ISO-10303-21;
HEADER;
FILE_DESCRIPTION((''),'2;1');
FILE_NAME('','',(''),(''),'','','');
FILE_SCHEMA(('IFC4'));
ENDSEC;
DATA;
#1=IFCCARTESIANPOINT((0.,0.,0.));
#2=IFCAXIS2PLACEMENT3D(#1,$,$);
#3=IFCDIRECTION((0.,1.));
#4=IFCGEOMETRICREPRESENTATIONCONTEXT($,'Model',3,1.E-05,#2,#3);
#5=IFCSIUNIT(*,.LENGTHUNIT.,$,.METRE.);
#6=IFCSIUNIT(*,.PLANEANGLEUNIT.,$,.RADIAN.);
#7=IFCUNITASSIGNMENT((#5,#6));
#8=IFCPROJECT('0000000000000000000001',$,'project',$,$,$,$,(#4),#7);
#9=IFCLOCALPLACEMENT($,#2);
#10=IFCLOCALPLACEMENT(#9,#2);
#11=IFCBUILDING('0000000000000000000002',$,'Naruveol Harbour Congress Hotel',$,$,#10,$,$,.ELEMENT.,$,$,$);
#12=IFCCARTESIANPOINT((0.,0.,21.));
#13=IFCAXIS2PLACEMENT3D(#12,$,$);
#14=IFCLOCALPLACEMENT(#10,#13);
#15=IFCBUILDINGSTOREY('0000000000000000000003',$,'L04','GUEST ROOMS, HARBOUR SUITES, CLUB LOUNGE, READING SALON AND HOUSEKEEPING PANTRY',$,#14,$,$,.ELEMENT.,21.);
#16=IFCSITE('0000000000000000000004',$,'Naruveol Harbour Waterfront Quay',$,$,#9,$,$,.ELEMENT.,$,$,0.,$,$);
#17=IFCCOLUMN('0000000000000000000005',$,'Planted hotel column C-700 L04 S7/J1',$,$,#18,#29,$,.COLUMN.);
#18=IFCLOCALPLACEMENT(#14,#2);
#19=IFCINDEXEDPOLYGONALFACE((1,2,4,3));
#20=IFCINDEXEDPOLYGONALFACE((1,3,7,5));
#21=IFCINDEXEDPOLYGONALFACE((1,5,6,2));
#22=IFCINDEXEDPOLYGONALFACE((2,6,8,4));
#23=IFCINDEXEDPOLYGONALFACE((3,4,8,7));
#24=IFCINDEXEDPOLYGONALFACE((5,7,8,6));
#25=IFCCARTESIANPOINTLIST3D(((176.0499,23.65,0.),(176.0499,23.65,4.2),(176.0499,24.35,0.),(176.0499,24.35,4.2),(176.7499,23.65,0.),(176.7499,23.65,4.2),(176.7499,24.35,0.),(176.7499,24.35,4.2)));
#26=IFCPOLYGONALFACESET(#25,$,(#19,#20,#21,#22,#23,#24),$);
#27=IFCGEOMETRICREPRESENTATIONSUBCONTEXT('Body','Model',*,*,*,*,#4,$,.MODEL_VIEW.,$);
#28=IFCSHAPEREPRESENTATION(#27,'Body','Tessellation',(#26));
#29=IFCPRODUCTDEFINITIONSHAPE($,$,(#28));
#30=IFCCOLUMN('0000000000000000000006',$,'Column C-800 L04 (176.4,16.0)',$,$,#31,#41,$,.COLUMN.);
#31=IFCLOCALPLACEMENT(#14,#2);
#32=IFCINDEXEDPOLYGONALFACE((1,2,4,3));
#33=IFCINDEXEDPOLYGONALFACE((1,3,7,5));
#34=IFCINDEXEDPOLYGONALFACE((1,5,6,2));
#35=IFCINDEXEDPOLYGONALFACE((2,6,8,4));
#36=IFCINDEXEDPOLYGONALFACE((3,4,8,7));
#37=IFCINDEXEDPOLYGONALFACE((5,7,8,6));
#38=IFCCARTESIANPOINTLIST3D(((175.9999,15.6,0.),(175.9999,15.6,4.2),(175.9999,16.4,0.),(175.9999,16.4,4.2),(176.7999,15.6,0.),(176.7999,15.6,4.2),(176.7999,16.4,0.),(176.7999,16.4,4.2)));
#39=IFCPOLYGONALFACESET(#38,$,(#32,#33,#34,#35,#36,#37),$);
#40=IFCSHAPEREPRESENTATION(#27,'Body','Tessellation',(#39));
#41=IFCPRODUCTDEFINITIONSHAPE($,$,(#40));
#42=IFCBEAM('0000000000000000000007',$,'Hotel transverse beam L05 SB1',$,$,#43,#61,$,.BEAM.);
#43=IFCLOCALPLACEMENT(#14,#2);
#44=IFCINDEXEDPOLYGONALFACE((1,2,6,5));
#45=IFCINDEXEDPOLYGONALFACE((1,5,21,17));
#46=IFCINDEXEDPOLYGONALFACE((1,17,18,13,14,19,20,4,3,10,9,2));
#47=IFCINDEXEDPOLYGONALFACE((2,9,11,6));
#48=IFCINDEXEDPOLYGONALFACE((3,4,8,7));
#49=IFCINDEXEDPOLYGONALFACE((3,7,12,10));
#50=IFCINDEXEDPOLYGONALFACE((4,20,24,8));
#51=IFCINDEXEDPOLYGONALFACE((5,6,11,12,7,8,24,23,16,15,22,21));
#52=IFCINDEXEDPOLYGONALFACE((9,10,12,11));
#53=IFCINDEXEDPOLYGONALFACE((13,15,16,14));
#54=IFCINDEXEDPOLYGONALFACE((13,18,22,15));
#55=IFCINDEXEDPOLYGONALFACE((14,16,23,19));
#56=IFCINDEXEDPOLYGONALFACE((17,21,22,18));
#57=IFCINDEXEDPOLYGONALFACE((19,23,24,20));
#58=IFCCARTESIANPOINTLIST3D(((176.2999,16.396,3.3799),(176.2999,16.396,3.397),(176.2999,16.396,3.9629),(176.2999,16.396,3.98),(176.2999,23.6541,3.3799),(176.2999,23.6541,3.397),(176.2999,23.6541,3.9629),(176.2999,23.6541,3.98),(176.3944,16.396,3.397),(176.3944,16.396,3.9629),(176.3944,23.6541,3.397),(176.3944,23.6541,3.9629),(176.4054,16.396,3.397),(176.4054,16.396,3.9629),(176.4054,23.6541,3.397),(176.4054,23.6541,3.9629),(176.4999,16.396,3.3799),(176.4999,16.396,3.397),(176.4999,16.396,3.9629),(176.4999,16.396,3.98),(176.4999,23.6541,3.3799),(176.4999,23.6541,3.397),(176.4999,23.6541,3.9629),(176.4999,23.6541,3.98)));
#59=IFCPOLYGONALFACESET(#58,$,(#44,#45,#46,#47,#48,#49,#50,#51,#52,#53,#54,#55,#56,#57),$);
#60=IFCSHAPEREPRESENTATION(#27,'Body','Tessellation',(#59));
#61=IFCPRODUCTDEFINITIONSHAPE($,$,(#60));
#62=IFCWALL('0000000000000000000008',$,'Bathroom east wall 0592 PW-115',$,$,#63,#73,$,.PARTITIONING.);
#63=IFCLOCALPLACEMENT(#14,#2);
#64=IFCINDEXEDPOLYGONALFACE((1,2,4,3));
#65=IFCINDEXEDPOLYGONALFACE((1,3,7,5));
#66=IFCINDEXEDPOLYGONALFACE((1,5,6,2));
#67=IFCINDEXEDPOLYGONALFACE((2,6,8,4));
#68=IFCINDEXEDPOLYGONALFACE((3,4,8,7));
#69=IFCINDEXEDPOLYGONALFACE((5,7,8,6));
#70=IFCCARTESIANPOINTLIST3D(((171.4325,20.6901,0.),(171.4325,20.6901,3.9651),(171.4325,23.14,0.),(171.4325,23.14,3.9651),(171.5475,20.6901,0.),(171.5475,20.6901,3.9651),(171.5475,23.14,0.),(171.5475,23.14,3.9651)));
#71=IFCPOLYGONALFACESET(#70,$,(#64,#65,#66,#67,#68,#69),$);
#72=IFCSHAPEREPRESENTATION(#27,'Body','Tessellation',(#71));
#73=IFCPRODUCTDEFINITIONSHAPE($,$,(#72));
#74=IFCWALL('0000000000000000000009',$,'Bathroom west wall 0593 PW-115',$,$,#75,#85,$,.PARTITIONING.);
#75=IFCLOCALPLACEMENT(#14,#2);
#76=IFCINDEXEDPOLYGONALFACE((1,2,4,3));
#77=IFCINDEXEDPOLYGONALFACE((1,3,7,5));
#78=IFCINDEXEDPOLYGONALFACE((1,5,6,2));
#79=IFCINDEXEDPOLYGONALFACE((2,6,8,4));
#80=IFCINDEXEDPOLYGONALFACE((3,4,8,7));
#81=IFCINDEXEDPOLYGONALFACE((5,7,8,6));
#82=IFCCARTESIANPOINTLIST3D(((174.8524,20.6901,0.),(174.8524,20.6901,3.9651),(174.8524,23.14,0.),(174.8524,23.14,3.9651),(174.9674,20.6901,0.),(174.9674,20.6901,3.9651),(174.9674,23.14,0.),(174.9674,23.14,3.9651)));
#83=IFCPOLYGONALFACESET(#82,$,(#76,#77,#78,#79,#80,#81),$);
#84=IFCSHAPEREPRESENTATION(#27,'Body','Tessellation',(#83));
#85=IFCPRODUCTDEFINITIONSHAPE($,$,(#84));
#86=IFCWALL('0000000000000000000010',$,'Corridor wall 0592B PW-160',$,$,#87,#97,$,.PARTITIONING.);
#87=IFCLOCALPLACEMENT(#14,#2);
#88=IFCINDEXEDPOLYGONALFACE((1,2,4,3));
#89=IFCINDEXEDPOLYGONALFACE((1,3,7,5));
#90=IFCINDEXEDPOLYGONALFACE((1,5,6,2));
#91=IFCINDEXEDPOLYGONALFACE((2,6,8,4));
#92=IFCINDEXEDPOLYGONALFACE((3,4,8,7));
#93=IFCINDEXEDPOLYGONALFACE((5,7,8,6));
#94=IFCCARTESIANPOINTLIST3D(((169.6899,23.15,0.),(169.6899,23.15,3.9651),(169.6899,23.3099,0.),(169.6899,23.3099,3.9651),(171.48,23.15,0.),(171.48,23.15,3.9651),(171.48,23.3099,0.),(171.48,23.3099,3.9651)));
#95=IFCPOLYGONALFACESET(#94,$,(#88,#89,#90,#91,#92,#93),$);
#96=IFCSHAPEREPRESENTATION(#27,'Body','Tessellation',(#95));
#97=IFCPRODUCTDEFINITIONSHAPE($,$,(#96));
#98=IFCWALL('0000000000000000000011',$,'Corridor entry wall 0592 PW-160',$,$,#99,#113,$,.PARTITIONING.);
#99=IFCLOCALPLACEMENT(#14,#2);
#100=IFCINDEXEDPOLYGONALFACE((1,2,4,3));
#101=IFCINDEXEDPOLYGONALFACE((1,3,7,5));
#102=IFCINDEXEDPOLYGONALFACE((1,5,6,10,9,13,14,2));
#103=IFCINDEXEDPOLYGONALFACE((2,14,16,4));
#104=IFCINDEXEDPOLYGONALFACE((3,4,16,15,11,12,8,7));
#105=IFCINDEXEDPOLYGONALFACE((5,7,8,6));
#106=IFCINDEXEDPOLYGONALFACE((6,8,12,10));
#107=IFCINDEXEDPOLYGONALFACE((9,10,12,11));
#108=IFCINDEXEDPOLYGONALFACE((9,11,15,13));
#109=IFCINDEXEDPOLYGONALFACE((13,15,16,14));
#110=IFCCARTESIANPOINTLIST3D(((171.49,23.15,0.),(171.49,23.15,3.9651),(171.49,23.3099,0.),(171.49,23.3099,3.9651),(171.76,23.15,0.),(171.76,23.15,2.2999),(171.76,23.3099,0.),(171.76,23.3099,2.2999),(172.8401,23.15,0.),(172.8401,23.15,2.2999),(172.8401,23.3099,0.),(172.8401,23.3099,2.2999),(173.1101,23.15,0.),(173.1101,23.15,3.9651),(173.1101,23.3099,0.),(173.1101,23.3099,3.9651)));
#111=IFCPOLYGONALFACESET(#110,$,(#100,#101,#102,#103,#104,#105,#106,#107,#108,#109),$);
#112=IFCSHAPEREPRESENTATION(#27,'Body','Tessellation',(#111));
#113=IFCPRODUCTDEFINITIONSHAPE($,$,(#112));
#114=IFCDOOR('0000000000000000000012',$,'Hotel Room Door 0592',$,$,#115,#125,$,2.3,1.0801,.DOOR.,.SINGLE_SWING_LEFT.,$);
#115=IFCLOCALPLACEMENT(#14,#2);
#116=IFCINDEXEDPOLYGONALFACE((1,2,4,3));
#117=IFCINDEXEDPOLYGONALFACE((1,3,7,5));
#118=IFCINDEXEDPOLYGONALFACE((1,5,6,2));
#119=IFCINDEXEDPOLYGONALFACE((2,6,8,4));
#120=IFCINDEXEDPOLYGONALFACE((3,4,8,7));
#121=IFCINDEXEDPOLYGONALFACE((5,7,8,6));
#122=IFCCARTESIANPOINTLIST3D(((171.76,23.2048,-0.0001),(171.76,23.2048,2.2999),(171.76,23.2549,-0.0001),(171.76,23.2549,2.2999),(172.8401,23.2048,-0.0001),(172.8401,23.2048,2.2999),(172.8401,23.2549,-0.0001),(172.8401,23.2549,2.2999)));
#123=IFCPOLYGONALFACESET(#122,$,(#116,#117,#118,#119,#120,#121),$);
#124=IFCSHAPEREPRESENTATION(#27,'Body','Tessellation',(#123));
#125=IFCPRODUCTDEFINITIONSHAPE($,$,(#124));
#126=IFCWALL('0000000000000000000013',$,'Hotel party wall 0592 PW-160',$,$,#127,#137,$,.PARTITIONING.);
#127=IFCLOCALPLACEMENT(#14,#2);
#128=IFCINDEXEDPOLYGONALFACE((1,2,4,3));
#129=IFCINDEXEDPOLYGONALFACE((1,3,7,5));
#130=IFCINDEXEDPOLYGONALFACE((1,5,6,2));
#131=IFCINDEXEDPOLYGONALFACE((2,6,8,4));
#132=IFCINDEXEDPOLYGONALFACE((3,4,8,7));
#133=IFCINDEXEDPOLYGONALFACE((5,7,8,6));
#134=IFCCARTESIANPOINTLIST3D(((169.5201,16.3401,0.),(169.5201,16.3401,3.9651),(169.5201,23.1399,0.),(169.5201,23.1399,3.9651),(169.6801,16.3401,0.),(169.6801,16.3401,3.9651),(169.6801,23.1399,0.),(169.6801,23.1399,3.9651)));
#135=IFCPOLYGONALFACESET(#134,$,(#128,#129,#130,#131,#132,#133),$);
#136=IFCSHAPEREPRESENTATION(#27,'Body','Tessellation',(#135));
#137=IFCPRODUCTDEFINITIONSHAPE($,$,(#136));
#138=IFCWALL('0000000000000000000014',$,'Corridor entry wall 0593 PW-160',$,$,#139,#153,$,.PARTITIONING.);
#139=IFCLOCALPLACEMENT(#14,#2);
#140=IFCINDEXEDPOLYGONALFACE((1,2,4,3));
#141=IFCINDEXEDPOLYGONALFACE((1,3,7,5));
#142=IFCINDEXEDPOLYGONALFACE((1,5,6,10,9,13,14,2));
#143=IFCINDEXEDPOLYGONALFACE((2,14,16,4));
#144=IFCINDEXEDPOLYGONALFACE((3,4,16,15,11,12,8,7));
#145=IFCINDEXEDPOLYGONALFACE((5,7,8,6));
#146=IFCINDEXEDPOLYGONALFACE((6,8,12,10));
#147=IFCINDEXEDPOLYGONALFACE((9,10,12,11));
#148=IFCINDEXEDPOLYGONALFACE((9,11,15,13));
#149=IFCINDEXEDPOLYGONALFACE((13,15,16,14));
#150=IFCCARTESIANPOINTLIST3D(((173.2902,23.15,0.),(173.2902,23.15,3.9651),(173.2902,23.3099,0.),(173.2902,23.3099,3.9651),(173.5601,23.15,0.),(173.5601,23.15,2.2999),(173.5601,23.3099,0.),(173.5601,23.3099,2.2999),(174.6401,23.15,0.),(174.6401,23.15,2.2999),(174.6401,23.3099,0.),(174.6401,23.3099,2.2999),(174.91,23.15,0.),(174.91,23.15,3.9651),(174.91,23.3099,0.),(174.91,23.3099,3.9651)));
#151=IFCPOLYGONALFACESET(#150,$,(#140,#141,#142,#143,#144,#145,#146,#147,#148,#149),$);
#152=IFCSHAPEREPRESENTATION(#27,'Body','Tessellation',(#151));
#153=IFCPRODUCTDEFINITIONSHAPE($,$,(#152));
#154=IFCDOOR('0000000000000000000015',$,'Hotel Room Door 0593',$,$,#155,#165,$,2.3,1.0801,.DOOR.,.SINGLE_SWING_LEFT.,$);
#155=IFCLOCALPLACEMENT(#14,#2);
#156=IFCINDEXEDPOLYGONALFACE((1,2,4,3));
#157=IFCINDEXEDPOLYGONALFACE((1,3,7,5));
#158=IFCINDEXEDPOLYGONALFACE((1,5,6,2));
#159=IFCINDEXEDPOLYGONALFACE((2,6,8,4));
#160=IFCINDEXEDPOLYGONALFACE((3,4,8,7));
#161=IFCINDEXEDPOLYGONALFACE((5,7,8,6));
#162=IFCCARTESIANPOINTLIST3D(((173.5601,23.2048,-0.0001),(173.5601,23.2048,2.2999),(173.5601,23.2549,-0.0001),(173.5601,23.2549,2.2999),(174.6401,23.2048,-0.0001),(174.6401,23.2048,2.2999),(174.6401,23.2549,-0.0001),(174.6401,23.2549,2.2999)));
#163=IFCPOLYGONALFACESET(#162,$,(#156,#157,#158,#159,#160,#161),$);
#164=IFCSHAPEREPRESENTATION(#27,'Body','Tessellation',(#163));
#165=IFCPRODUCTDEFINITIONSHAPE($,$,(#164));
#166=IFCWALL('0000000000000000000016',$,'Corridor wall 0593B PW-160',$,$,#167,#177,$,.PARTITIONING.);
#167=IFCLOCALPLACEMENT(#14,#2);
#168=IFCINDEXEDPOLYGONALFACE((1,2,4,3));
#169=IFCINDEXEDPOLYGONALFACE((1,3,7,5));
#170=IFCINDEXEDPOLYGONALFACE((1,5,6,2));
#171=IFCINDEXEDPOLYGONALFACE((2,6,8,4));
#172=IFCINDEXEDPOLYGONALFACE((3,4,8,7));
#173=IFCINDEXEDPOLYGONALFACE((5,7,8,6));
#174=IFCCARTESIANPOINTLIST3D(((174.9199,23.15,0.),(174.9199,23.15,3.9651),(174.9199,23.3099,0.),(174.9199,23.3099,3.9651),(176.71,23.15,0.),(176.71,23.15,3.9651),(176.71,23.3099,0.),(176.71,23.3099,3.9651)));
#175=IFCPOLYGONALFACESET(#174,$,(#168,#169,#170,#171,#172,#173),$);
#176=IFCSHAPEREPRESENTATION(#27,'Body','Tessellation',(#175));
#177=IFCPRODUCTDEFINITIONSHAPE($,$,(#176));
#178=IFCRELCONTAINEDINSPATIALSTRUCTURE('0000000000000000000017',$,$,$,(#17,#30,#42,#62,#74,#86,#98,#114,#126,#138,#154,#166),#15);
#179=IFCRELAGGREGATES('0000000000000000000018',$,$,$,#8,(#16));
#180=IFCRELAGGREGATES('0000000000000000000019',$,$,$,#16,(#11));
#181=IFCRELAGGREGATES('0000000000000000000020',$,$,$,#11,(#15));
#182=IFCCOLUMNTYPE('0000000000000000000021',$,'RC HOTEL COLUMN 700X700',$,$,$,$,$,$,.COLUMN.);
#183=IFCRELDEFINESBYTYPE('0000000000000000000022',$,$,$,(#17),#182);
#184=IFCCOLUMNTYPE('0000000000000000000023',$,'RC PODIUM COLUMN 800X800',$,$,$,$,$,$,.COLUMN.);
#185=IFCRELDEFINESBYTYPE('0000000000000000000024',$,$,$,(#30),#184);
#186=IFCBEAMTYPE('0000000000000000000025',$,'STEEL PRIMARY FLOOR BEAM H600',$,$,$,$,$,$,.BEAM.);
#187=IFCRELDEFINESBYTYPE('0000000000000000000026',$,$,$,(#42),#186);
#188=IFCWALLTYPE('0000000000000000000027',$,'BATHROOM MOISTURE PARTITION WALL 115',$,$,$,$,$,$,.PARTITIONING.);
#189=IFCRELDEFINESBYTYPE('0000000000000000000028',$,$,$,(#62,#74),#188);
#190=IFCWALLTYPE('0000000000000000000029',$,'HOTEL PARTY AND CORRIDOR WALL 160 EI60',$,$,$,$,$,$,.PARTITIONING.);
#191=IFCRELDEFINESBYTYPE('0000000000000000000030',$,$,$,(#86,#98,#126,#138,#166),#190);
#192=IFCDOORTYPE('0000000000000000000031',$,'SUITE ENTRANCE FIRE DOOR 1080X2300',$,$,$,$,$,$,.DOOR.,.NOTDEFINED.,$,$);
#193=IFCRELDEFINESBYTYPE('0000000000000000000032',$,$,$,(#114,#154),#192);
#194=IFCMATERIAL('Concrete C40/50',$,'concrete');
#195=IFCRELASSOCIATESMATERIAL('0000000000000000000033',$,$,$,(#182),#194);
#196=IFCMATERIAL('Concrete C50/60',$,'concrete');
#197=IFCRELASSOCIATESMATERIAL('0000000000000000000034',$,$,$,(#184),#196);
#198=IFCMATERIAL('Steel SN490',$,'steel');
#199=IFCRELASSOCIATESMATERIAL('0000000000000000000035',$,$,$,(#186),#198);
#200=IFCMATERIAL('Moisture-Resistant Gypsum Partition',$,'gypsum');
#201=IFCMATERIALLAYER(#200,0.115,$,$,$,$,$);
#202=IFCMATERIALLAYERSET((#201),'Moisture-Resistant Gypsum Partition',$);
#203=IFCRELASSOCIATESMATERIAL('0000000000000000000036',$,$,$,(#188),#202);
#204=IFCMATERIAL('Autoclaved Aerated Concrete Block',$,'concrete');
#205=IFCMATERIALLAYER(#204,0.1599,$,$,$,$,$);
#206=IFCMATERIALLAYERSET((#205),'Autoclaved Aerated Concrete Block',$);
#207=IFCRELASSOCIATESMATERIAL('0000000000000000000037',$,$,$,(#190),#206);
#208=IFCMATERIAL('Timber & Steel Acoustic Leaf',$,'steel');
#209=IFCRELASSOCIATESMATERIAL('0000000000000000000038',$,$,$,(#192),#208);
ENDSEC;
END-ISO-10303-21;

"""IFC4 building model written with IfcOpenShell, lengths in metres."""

from ifc_helpers import new_model, si_unit, direction, frame, frame_2d, origin, origin_2d, place, context, subcontext, project, spatial, rectangle, i_section, extrude, material, layer, layer_set, material_profile, profile_set, type_object, element, fill, save


model = new_model("IFC4")

# Units and contexts
model_context = context("Model", 3, precision=1e-05, world=origin(), true_north=direction((0.0, 1.0)))
body_context = subcontext(model_context, "Body", "Model", "MODEL_VIEW")
ifc_project = project(units=[si_unit("LENGTHUNIT", "METRE"), si_unit("PLANEANGLEUNIT", "RADIAN")], contexts=[model_context])

# Site, building, storey
site_placement = place(None, origin())
site = spatial("IfcSite", under=ifc_project, at=site_placement, Name="Naruveol Harbour Waterfront Quay", CompositionType="ELEMENT", RefElevation=0.0)
building_placement = place(site_placement, origin())
building = spatial("IfcBuilding", under=site, at=building_placement, Name="Naruveol Harbour Congress Hotel", CompositionType="ELEMENT")
storey_placement = place(building_placement, frame((0.0, 0.0, 21.0)))
storey = spatial("IfcBuildingStorey", under=building, at=storey_placement, Name="L04", Description="GUEST ROOMS, HARBOUR SUITES, CLUB LOUNGE, READING SALON AND HOUSEKEEPING PANTRY", CompositionType="ELEMENT", Elevation=21.0)

# Columns
ifc_material_1 = material(Name="Concrete C40/50", Category="concrete")
ifc_material_profile_1 = material_profile(ifc_material_1, rectangle(XDim=0.7, YDim=0.7, at=origin_2d()), Name="RC-700x700")
ifc_profile_set_1 = profile_set([ifc_material_profile_1], Name="Concrete C40/50")
column_type_1 = type_object("IfcColumnType", Name="RC HOTEL COLUMN 700X700", PredefinedType="COLUMN", material=ifc_profile_set_1)
column_1_placement = place(storey_placement, frame((176.3999, 24.0, 0.0), z_axis=(0.0, 0.0, 1.0), x_axis=(1.0, 0.0, 0.0)))
element("IfcColumn", 1, at=column_1_placement, inside=storey, type_object=column_type_1, Name="Planted hotel column C-700 L04 S7/J1", PredefinedType="COLUMN", context=body_context, shape_type="SweptSolid", body=[
    extrude(rectangle(XDim=0.7, YDim=0.7, at=origin_2d()), origin(), (0.0, 0.0, 1.0), 4.2),
])
ifc_material_2 = material(Name="Concrete C50/60", Category="concrete")
ifc_material_profile_2 = material_profile(ifc_material_2, rectangle(XDim=0.8, YDim=0.8, at=origin_2d()), Name="RC-800x800")
ifc_profile_set_2 = profile_set([ifc_material_profile_2], Name="Concrete C50/60")
column_type_2 = type_object("IfcColumnType", Name="RC PODIUM COLUMN 800X800", PredefinedType="COLUMN", material=ifc_profile_set_2)
column_2_placement = place(storey_placement, frame((176.3999, 16.0, 0.0), z_axis=(0.0, 0.0, 1.0), x_axis=(1.0, 0.0, 0.0)))
element("IfcColumn", 2, at=column_2_placement, inside=storey, type_object=column_type_2, Name="Column C-800 L04 (176.4,16.0)", PredefinedType="COLUMN", context=body_context, shape_type="SweptSolid", body=[
    extrude(rectangle(XDim=0.8, YDim=0.8, at=origin_2d()), origin(), (0.0, 0.0, 1.0), 4.2),
])

# Beam
ifc_material_3 = material(Name="Steel SN490", Category="steel")
ifc_material_profile_3 = material_profile(ifc_material_3, i_section(OverallWidth=0.2, OverallDepth=0.6001, WebThickness=0.011, FlangeThickness=0.0171, at=origin_2d()), Name="H-600x200x11x17")
ifc_profile_set_3 = profile_set([ifc_material_profile_3], Name="Steel SN490")
beam_type = type_object("IfcBeamType", Name="STEEL PRIMARY FLOOR BEAM H600", PredefinedType="BEAM", material=ifc_profile_set_3)
beam_placement = place(storey_placement, frame((176.3999, 16.396, 3.6799), z_axis=(0.0, 1.0, 0.0), x_axis=(-1.0, 0.0, 0.0)))
element("IfcBeam", 3, at=beam_placement, inside=storey, type_object=beam_type, Name="Hotel transverse beam L05 SB1", PredefinedType="BEAM", context=body_context, shape_type="SweptSolid", body=[
    extrude(i_section(OverallWidth=0.2, OverallDepth=0.6001, WebThickness=0.011, FlangeThickness=0.0171, at=origin_2d()), origin(), (0.0, 0.0, 1.0), 7.2581),
])

# Wall
ifc_material_4 = material(Name="Moisture-Resistant Gypsum Partition", Category="gypsum")
ifc_layer_1 = layer(ifc_material_4, 0.115)
ifc_layer_set_1 = layer_set([ifc_layer_1], Name="Moisture-Resistant Gypsum Partition")
wall_type_1 = type_object("IfcWallType", Name="BATHROOM MOISTURE PARTITION WALL 115", PredefinedType="PARTITIONING", material=ifc_layer_set_1)
wall_1_placement = place(storey_placement, frame((171.49, 20.6899, 0.0), z_axis=(0.0, 0.0, 1.0), x_axis=(0.0, 1.0, 0.0)))
element("IfcWall", 4, at=wall_1_placement, inside=storey, type_object=wall_type_1, Name="Bathroom east wall 0592 PW-115", PredefinedType="PARTITIONING", context=body_context, shape_type="SweptSolid", body=[
    extrude(rectangle(XDim=2.45, YDim=0.115, at=frame_2d((1.2251, 0.0))), origin(), (0.0, 0.0, 1.0), 3.9651),
])

# Wall
wall_2_placement = place(storey_placement, frame((174.9099, 20.6899, 0.0), z_axis=(0.0, 0.0, 1.0), x_axis=(0.0, 1.0, 0.0)))
element("IfcWall", 5, at=wall_2_placement, inside=storey, type_object=wall_type_1, Name="Bathroom west wall 0593 PW-115", PredefinedType="PARTITIONING", context=body_context, shape_type="SweptSolid", body=[
    extrude(rectangle(XDim=2.45, YDim=0.115, at=frame_2d((1.2251, 0.0))), origin(), (0.0, 0.0, 1.0), 3.9651),
])

# Wall
ifc_material_5 = material(Name="Autoclaved Aerated Concrete Block", Category="concrete")
ifc_layer_2 = layer(ifc_material_5, 0.1599)
ifc_layer_set_2 = layer_set([ifc_layer_2], Name="Autoclaved Aerated Concrete Block")
wall_type_2 = type_object("IfcWallType", Name="HOTEL PARTY AND CORRIDOR WALL 160 EI60", PredefinedType="PARTITIONING", material=ifc_layer_set_2)
wall_3_placement = place(storey_placement, frame((169.6899, 23.23, 0.0), z_axis=(0.0, 0.0, 1.0), x_axis=(1.0, 0.0, 0.0)))
element("IfcWall", 6, at=wall_3_placement, inside=storey, type_object=wall_type_2, Name="Corridor wall 0592B PW-160", PredefinedType="PARTITIONING", context=body_context, shape_type="SweptSolid", body=[
    extrude(rectangle(XDim=1.79, YDim=0.1599, at=frame_2d((0.895, 0.0))), origin(), (0.0, 0.0, 1.0), 3.9651),
])

# Wall, opening, door
wall_4_placement = place(storey_placement, frame((171.49, 23.23, 0.0), z_axis=(0.0, 0.0, 1.0), x_axis=(1.0, 0.0, 0.0)))
wall_4 = element("IfcWall", 7, at=wall_4_placement, inside=storey, type_object=wall_type_2, Name="Corridor entry wall 0592 PW-160", PredefinedType="PARTITIONING", context=body_context, shape_type="SweptSolid", body=[
    extrude(rectangle(XDim=1.6201, YDim=0.1599, at=frame_2d((0.8101, 0.0))), origin(), (0.0, 0.0, 1.0), 3.9651),
])
opening_1_placement = place(wall_4_placement, frame((0.27, 0.0, 0.0)))
opening_1 = element("IfcOpeningElement", 8, at=opening_1_placement, cuts=wall_4, PredefinedType="OPENING", context=body_context, shape_type="SweptSolid", body=[
    extrude(rectangle(XDim=1.0801, YDim=2.3, at=frame_2d((0.54, 1.1499))), frame((0.0, 0.0898, 0.0), z_axis=(0.0, -1.0, 0.0), x_axis=(1.0, 0.0, 0.0)), (0.0, 0.0, 1.0), 0.1799),
])
ifc_material_6 = material(Name="Timber & Steel Acoustic Leaf", Category="steel")
door_type_1 = type_object("IfcDoorType", Name="SUITE ENTRANCE FIRE DOOR 1080X2300", OperationType="NOTDEFINED", PredefinedType="DOOR", material=ifc_material_6)
door_1_placement = place(opening_1_placement, origin())
door_1 = element("IfcDoor", 9, at=door_1_placement, inside=storey, type_object=door_type_1, Name="Hotel Room Door 0592", OperationType="SINGLE_SWING_LEFT", OverallHeight=2.3, OverallWidth=1.0801, PredefinedType="DOOR", context=body_context, shape_type="SweptSolid", body=[
    extrude(rectangle(XDim=1.0801, YDim=2.3, at=frame_2d((0.54, 1.1499))), frame((0.0, 0.0249, 0.0), z_axis=(0.0, -1.0, 0.0), x_axis=(1.0, 0.0, 0.0)), (0.0, 0.0, 1.0), 0.05),
])
fill(opening_1, door_1)

# Wall
wall_5_placement = place(storey_placement, frame((169.6001, 16.3401, 0.0), z_axis=(0.0, 0.0, 1.0), x_axis=(0.0, 1.0, 0.0)))
element("IfcWall", 10, at=wall_5_placement, inside=storey, type_object=wall_type_2, Name="Hotel party wall 0592 PW-160", PredefinedType="PARTITIONING", context=body_context, shape_type="SweptSolid", body=[
    extrude(rectangle(XDim=6.7998, YDim=0.1599, at=frame_2d((3.3999, 0.0))), origin(), (0.0, 0.0, 1.0), 3.9651),
])

# Wall, opening, door
wall_6_placement = place(storey_placement, frame((173.29, 23.23, 0.0), z_axis=(0.0, 0.0, 1.0), x_axis=(1.0, 0.0, 0.0)))
wall_6 = element("IfcWall", 11, at=wall_6_placement, inside=storey, type_object=wall_type_2, Name="Corridor entry wall 0593 PW-160", PredefinedType="PARTITIONING", context=body_context, shape_type="SweptSolid", body=[
    extrude(rectangle(XDim=1.6199, YDim=0.1599, at=frame_2d((0.8101, 0.0))), origin(), (0.0, 0.0, 1.0), 3.9651),
])
opening_2_placement = place(wall_6_placement, frame((0.27, 0.0, 0.0)))
opening_2 = element("IfcOpeningElement", 12, at=opening_2_placement, cuts=wall_6, PredefinedType="OPENING", context=body_context, shape_type="SweptSolid", body=[
    extrude(rectangle(XDim=1.0801, YDim=2.3, at=frame_2d((0.54, 1.1499))), frame((0.0, 0.0898, 0.0), z_axis=(0.0, -1.0, 0.0), x_axis=(1.0, 0.0, 0.0)), (0.0, 0.0, 1.0), 0.1799),
])
door_2_placement = place(opening_2_placement, origin())
door_2 = element("IfcDoor", 13, at=door_2_placement, inside=storey, type_object=door_type_1, Name="Hotel Room Door 0593", OperationType="SINGLE_SWING_LEFT", OverallHeight=2.3, OverallWidth=1.0801, PredefinedType="DOOR", context=body_context, shape_type="SweptSolid", body=[
    extrude(rectangle(XDim=1.0801, YDim=2.3, at=frame_2d((0.54, 1.1499))), frame((0.0, 0.0249, 0.0), z_axis=(0.0, -1.0, 0.0), x_axis=(1.0, 0.0, 0.0)), (0.0, 0.0, 1.0), 0.05),
])
fill(opening_2, door_2)

# Wall
wall_7_placement = place(storey_placement, frame((174.9199, 23.23, 0.0), z_axis=(0.0, 0.0, 1.0), x_axis=(1.0, 0.0, 0.0)))
element("IfcWall", 14, at=wall_7_placement, inside=storey, type_object=wall_type_2, Name="Corridor wall 0593B PW-160", PredefinedType="PARTITIONING", context=body_context, shape_type="SweptSolid", body=[
    extrude(rectangle(XDim=1.79, YDim=0.1599, at=frame_2d((0.895, 0.0))), origin(), (0.0, 0.0, 1.0), 3.9651),
])

save(model, "model.ifc")
